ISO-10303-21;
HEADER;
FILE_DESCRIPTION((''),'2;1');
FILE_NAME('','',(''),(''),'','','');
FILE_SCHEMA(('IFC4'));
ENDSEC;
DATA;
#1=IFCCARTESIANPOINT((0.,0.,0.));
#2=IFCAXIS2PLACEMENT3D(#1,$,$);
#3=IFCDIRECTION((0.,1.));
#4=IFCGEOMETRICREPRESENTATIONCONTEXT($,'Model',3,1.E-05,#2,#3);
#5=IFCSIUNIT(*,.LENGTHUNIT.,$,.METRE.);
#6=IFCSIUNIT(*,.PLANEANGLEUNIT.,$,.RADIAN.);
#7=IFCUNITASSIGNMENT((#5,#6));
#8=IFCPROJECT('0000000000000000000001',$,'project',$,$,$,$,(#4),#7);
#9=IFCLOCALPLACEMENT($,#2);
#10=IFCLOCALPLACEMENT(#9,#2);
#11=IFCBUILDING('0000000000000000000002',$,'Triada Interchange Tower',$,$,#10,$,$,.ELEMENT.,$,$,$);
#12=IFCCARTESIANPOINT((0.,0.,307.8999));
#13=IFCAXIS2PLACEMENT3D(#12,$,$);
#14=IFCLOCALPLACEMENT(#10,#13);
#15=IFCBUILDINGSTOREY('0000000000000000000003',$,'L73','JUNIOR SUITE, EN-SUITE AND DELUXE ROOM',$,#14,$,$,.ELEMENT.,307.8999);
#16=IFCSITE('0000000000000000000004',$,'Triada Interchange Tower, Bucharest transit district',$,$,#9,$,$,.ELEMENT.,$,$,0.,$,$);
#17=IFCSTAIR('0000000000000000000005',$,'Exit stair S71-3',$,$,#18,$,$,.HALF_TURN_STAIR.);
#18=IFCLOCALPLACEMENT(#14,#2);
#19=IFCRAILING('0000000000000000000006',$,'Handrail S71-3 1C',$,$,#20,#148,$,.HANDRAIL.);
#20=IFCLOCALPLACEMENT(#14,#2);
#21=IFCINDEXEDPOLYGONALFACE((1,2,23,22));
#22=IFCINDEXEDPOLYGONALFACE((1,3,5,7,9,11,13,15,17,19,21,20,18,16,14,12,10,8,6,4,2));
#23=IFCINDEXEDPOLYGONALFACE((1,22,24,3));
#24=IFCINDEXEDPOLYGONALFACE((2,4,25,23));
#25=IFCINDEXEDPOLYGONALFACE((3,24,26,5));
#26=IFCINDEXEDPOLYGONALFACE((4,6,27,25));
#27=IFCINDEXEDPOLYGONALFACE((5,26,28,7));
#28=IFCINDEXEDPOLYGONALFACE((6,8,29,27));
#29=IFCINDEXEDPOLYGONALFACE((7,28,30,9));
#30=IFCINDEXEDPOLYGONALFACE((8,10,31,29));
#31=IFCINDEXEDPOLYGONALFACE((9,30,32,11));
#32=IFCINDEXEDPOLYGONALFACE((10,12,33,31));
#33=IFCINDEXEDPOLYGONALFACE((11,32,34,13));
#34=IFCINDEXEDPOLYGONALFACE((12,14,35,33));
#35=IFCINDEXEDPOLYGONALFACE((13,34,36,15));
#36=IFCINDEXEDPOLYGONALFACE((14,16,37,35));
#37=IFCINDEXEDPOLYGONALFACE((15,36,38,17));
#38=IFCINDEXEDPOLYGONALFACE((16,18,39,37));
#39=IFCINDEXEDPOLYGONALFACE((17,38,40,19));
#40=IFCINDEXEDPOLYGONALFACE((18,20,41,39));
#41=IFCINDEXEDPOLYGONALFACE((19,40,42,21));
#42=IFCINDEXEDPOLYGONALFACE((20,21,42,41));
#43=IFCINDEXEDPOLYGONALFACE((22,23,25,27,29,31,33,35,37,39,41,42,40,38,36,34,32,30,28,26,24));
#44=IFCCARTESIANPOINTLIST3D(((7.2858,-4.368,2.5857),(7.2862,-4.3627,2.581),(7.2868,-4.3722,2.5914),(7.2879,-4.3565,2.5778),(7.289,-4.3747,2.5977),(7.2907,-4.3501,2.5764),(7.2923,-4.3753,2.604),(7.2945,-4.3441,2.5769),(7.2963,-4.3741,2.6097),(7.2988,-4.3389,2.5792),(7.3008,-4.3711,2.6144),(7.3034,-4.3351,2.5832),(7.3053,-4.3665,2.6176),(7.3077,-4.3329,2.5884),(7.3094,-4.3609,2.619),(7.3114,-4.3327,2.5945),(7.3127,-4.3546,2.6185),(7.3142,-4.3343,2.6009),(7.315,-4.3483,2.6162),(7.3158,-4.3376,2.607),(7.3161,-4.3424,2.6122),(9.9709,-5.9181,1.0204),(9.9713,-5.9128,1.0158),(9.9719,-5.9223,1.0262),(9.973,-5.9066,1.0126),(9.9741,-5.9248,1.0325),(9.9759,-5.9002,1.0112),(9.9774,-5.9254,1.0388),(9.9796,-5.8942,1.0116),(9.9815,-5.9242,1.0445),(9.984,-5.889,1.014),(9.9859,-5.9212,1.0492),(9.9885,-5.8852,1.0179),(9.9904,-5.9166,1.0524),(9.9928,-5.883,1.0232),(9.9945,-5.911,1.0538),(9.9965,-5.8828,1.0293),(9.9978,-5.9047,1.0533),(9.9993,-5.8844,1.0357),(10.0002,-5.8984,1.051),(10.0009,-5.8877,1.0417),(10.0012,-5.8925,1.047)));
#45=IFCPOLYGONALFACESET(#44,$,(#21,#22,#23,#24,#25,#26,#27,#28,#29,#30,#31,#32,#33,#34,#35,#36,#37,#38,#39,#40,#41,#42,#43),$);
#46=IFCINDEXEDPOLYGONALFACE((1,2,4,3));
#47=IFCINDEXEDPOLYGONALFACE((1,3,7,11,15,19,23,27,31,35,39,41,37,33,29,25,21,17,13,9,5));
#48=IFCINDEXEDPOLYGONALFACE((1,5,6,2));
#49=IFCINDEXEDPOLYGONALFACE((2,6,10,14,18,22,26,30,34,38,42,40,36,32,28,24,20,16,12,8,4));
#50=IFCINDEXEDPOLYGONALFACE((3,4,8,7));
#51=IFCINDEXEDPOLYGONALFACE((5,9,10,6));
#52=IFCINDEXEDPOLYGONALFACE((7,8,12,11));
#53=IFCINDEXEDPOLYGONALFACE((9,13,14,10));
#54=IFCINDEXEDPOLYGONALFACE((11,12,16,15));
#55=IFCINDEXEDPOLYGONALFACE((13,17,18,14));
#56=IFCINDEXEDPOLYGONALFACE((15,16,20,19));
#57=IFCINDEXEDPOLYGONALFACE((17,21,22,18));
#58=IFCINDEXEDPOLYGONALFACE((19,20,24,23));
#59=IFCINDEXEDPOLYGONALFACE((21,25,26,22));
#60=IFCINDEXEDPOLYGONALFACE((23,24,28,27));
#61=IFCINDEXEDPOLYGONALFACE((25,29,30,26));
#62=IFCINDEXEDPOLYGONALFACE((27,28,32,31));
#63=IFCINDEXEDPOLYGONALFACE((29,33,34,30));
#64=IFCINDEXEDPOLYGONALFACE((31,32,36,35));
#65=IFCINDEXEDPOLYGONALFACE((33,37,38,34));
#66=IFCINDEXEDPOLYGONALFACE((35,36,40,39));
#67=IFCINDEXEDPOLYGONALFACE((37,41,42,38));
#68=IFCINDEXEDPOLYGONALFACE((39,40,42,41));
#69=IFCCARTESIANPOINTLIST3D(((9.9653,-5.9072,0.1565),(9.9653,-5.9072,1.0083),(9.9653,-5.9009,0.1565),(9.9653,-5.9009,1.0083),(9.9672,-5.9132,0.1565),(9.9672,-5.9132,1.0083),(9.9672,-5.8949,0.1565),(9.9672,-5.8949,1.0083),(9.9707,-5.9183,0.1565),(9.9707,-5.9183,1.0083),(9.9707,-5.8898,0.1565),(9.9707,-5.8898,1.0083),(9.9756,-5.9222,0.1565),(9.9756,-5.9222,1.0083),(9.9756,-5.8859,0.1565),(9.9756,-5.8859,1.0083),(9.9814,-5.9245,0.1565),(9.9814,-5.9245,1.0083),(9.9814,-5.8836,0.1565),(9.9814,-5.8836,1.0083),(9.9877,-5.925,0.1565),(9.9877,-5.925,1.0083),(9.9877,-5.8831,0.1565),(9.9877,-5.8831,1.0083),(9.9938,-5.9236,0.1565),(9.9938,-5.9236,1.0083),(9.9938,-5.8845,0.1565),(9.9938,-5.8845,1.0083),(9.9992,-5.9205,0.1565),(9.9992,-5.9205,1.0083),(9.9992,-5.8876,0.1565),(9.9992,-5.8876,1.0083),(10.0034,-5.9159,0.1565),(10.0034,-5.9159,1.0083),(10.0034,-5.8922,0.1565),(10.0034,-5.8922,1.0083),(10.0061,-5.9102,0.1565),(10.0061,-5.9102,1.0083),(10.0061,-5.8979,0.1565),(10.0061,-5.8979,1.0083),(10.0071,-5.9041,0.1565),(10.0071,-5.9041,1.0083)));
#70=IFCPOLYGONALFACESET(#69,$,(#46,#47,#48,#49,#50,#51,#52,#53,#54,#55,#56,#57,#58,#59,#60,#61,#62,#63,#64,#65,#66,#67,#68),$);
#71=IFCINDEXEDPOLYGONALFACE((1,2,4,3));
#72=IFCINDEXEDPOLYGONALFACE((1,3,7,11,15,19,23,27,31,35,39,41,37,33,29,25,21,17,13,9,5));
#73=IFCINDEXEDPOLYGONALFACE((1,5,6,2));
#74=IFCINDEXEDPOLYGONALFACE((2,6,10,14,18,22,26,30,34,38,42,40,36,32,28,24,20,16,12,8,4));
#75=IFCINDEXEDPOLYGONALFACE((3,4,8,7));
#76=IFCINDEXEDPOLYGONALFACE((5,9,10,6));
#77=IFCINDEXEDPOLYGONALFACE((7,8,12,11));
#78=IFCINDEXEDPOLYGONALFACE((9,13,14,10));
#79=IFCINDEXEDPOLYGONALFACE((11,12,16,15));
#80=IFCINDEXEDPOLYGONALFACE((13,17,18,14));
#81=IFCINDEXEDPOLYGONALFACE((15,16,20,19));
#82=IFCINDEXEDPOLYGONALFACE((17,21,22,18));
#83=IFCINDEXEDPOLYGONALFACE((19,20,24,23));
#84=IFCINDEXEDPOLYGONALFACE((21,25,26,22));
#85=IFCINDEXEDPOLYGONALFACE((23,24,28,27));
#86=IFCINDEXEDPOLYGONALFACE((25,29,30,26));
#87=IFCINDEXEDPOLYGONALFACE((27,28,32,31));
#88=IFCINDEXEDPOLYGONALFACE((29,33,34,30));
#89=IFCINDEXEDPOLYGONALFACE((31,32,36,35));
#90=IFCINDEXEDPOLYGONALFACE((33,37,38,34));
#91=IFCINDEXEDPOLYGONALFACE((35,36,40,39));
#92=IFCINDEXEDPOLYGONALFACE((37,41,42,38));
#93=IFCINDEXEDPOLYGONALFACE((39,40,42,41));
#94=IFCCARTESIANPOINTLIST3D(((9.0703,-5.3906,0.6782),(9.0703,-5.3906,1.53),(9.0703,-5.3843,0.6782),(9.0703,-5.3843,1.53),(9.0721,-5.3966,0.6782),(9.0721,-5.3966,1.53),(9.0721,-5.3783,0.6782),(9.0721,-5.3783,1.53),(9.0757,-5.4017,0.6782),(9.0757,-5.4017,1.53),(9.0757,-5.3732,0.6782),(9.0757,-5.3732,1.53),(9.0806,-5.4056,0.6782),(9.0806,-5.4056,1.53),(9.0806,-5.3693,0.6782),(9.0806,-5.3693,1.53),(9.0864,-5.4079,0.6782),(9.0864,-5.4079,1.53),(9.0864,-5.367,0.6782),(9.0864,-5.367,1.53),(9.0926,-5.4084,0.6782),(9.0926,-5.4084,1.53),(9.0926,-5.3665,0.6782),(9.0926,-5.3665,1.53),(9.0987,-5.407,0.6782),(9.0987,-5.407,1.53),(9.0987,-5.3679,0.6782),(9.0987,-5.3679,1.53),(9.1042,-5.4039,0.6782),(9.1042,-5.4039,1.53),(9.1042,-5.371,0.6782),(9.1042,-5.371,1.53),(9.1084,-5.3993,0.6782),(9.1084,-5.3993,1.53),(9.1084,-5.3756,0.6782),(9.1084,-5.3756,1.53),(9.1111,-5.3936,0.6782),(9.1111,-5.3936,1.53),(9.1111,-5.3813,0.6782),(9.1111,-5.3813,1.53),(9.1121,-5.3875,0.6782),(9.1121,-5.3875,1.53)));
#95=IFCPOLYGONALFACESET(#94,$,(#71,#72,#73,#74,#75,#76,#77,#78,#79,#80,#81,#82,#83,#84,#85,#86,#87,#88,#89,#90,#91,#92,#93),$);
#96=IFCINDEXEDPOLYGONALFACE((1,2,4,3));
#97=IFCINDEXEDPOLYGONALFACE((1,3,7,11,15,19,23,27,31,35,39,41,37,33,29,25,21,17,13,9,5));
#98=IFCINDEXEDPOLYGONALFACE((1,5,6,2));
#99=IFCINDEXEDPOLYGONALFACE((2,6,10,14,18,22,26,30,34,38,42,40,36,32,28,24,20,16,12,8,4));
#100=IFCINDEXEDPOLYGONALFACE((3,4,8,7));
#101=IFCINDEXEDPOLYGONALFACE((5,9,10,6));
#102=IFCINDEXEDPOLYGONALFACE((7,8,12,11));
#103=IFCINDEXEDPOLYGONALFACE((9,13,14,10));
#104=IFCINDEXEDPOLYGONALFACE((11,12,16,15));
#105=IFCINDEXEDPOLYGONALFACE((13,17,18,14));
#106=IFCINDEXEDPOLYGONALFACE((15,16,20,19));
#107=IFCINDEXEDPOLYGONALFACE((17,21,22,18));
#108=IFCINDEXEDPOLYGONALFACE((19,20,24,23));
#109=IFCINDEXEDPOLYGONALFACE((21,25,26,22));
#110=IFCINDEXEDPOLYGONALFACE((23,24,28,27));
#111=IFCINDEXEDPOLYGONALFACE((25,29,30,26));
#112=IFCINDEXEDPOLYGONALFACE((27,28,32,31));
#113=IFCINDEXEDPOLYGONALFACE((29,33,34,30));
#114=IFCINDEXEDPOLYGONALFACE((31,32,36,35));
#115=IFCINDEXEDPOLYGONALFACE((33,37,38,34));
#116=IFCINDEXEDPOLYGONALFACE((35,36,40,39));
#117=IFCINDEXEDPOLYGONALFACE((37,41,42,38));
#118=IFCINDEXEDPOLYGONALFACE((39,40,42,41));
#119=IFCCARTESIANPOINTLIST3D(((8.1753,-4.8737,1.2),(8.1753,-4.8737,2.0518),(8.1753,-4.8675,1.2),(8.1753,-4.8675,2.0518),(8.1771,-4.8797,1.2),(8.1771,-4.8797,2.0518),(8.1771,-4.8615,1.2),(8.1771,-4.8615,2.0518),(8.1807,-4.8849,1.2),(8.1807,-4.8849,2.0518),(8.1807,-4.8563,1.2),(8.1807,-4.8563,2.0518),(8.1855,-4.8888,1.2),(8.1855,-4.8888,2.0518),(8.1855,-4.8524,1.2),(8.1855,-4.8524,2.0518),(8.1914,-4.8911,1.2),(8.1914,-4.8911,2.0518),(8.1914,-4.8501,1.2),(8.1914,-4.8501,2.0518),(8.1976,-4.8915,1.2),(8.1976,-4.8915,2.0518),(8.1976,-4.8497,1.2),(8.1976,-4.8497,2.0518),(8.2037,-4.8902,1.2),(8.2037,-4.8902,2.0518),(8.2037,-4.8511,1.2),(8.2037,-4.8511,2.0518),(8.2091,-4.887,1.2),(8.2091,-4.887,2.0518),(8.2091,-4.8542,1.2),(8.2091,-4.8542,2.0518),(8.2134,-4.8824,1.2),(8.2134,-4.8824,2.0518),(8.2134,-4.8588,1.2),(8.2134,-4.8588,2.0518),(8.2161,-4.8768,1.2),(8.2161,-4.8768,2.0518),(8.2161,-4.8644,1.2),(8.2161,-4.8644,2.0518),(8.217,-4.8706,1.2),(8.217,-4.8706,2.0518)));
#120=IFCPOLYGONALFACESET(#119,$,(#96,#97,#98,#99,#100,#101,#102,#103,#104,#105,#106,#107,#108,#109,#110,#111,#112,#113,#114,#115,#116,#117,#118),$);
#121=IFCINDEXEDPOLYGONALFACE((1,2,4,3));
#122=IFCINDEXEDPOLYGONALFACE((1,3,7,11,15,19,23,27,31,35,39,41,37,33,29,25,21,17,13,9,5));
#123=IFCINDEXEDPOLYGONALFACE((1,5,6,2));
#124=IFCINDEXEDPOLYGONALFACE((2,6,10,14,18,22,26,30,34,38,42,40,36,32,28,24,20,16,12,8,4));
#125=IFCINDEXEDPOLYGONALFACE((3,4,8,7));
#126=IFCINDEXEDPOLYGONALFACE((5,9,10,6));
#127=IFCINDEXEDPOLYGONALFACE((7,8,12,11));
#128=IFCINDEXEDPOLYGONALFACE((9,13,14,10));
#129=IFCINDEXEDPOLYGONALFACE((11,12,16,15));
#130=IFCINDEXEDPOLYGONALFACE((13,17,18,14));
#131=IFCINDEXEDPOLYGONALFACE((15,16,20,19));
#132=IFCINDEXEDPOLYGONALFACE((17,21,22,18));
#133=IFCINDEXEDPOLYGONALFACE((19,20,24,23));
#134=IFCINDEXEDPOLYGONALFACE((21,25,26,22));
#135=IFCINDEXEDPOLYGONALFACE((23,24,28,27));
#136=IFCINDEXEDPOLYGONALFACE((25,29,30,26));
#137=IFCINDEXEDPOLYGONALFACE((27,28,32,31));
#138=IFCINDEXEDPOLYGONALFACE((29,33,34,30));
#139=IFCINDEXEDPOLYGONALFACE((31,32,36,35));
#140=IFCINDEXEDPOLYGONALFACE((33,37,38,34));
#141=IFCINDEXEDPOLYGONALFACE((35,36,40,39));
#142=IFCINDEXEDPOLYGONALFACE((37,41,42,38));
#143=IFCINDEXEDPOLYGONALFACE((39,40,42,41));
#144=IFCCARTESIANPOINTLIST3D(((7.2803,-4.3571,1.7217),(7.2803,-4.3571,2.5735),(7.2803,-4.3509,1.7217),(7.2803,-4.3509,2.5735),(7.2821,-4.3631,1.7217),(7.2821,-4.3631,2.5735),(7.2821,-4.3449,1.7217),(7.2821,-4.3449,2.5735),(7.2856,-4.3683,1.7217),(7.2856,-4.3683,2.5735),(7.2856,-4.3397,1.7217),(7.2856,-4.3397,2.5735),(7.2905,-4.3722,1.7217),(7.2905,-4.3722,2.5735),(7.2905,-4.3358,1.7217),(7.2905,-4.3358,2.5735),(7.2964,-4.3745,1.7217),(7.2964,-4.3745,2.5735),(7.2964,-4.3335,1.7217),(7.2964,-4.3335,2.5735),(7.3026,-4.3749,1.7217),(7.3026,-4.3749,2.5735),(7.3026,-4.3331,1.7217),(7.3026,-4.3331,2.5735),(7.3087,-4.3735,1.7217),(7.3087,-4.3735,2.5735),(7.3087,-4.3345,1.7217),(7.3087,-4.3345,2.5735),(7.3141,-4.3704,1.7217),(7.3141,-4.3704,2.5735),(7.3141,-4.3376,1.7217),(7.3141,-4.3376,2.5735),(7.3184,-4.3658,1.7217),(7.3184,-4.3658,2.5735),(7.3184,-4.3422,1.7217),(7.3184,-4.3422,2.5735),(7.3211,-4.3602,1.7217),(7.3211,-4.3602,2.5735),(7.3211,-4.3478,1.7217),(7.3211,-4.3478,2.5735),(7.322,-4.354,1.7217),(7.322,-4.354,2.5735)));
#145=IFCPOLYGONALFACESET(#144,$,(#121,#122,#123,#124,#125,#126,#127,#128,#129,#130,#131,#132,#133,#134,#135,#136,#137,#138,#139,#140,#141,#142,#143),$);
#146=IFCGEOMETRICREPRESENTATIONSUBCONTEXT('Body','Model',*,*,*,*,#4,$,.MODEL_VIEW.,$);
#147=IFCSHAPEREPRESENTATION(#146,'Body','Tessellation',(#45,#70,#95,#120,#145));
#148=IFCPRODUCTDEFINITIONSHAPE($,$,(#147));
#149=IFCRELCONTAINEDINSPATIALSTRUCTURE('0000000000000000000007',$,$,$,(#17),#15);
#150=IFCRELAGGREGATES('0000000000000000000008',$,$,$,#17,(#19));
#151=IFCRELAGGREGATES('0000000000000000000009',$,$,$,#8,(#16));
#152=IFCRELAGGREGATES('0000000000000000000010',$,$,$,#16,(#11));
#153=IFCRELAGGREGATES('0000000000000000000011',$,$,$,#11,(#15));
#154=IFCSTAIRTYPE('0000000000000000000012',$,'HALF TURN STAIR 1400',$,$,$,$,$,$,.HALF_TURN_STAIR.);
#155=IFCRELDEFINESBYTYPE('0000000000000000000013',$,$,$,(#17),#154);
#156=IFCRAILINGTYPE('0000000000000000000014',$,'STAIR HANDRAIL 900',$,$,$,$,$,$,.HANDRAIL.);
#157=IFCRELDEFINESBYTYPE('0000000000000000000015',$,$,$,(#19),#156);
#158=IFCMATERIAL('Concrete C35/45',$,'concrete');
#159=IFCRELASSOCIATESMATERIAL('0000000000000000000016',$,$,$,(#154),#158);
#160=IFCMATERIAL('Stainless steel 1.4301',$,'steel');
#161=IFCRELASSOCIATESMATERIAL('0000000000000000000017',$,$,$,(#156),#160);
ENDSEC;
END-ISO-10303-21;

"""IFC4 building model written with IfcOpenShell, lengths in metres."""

from ifc_helpers import new_model, si_unit, direction, frame, origin, origin_2d, place, context, subcontext, project, spatial, circle, extrude, material, type_object, element, aggregate, save


model = new_model("IFC4")

# Units and contexts
model_context = context("Model", 3, precision=1e-05, world=origin(), true_north=direction((0.0, 1.0)))
body_context = subcontext(model_context, "Body", "Model", "MODEL_VIEW")
ifc_project = project(units=[si_unit("LENGTHUNIT", "METRE"), si_unit("PLANEANGLEUNIT", "RADIAN")], contexts=[model_context])

# Site, building, storey
site_placement = place(None, origin())
site = spatial("IfcSite", under=ifc_project, at=site_placement, Name="Triada Interchange Tower, Bucharest transit district", CompositionType="ELEMENT", RefElevation=0.0)
building_placement = place(site_placement, origin())
building = spatial("IfcBuilding", under=site, at=building_placement, Name="Triada Interchange Tower", CompositionType="ELEMENT")
storey_placement = place(building_placement, frame((0.0, 0.0, 307.8999)))
storey = spatial("IfcBuildingStorey", under=building, at=storey_placement, Name="L73", Description="JUNIOR SUITE, EN-SUITE AND DELUXE ROOM", CompositionType="ELEMENT", Elevation=307.8999)

# Stair, railing
ifc_material_1 = material(Name="Concrete C35/45", Category="concrete")
stair_type = type_object("IfcStairType", Name="HALF TURN STAIR 1400", PredefinedType="HALF_TURN_STAIR", material=ifc_material_1)
stair_placement = place(storey_placement, origin())
stair = element("IfcStair", 1, at=stair_placement, inside=storey, type_object=stair_type, Name="Exit stair S71-3", PredefinedType="HALF_TURN_STAIR")
ifc_material_2 = material(Name="Stainless steel 1.4301", Category="steel")
railing_type = type_object("IfcRailingType", Name="STAIR HANDRAIL 900", PredefinedType="HANDRAIL", material=ifc_material_2)
railing_1_placement = place(storey_placement, frame((9.9861, -5.9041, 0.1565)))
railing_1 = element("IfcRailing", 2, at=railing_1_placement, type_object=railing_type, Name="Handrail S71-3 1C", PredefinedType="HANDRAIL", context=body_context, shape_type="SweptSolid", body=[
    extrude(circle(Radius=0.0239, at=origin_2d()), frame((0.0, 0.0, 0.876), z_axis=(-0.773115, 0.446309, 0.450667), x_axis=(-0.499959, -0.866049, 0.0)), (0.0, 0.0, 1.0), 3.4731),
    extrude(circle(Radius=0.021, at=origin_2d()), origin(), (0.0, 0.0, 1.0), 0.8518),
    extrude(circle(Radius=0.021, at=origin_2d()), frame((-0.895, 0.5166, 0.5217)), (0.0, 0.0, 1.0), 0.8518),
    extrude(circle(Radius=0.021, at=origin_2d()), frame((-1.79, 1.0334, 1.0435)), (0.0, 0.0, 1.0), 0.8518),
    extrude(circle(Radius=0.021, at=origin_2d()), frame((-2.6851, 1.55, 1.5652)), (0.0, 0.0, 1.0), 0.8518),
])
aggregate(stair, [railing_1])

save(model, "model.ifc")
